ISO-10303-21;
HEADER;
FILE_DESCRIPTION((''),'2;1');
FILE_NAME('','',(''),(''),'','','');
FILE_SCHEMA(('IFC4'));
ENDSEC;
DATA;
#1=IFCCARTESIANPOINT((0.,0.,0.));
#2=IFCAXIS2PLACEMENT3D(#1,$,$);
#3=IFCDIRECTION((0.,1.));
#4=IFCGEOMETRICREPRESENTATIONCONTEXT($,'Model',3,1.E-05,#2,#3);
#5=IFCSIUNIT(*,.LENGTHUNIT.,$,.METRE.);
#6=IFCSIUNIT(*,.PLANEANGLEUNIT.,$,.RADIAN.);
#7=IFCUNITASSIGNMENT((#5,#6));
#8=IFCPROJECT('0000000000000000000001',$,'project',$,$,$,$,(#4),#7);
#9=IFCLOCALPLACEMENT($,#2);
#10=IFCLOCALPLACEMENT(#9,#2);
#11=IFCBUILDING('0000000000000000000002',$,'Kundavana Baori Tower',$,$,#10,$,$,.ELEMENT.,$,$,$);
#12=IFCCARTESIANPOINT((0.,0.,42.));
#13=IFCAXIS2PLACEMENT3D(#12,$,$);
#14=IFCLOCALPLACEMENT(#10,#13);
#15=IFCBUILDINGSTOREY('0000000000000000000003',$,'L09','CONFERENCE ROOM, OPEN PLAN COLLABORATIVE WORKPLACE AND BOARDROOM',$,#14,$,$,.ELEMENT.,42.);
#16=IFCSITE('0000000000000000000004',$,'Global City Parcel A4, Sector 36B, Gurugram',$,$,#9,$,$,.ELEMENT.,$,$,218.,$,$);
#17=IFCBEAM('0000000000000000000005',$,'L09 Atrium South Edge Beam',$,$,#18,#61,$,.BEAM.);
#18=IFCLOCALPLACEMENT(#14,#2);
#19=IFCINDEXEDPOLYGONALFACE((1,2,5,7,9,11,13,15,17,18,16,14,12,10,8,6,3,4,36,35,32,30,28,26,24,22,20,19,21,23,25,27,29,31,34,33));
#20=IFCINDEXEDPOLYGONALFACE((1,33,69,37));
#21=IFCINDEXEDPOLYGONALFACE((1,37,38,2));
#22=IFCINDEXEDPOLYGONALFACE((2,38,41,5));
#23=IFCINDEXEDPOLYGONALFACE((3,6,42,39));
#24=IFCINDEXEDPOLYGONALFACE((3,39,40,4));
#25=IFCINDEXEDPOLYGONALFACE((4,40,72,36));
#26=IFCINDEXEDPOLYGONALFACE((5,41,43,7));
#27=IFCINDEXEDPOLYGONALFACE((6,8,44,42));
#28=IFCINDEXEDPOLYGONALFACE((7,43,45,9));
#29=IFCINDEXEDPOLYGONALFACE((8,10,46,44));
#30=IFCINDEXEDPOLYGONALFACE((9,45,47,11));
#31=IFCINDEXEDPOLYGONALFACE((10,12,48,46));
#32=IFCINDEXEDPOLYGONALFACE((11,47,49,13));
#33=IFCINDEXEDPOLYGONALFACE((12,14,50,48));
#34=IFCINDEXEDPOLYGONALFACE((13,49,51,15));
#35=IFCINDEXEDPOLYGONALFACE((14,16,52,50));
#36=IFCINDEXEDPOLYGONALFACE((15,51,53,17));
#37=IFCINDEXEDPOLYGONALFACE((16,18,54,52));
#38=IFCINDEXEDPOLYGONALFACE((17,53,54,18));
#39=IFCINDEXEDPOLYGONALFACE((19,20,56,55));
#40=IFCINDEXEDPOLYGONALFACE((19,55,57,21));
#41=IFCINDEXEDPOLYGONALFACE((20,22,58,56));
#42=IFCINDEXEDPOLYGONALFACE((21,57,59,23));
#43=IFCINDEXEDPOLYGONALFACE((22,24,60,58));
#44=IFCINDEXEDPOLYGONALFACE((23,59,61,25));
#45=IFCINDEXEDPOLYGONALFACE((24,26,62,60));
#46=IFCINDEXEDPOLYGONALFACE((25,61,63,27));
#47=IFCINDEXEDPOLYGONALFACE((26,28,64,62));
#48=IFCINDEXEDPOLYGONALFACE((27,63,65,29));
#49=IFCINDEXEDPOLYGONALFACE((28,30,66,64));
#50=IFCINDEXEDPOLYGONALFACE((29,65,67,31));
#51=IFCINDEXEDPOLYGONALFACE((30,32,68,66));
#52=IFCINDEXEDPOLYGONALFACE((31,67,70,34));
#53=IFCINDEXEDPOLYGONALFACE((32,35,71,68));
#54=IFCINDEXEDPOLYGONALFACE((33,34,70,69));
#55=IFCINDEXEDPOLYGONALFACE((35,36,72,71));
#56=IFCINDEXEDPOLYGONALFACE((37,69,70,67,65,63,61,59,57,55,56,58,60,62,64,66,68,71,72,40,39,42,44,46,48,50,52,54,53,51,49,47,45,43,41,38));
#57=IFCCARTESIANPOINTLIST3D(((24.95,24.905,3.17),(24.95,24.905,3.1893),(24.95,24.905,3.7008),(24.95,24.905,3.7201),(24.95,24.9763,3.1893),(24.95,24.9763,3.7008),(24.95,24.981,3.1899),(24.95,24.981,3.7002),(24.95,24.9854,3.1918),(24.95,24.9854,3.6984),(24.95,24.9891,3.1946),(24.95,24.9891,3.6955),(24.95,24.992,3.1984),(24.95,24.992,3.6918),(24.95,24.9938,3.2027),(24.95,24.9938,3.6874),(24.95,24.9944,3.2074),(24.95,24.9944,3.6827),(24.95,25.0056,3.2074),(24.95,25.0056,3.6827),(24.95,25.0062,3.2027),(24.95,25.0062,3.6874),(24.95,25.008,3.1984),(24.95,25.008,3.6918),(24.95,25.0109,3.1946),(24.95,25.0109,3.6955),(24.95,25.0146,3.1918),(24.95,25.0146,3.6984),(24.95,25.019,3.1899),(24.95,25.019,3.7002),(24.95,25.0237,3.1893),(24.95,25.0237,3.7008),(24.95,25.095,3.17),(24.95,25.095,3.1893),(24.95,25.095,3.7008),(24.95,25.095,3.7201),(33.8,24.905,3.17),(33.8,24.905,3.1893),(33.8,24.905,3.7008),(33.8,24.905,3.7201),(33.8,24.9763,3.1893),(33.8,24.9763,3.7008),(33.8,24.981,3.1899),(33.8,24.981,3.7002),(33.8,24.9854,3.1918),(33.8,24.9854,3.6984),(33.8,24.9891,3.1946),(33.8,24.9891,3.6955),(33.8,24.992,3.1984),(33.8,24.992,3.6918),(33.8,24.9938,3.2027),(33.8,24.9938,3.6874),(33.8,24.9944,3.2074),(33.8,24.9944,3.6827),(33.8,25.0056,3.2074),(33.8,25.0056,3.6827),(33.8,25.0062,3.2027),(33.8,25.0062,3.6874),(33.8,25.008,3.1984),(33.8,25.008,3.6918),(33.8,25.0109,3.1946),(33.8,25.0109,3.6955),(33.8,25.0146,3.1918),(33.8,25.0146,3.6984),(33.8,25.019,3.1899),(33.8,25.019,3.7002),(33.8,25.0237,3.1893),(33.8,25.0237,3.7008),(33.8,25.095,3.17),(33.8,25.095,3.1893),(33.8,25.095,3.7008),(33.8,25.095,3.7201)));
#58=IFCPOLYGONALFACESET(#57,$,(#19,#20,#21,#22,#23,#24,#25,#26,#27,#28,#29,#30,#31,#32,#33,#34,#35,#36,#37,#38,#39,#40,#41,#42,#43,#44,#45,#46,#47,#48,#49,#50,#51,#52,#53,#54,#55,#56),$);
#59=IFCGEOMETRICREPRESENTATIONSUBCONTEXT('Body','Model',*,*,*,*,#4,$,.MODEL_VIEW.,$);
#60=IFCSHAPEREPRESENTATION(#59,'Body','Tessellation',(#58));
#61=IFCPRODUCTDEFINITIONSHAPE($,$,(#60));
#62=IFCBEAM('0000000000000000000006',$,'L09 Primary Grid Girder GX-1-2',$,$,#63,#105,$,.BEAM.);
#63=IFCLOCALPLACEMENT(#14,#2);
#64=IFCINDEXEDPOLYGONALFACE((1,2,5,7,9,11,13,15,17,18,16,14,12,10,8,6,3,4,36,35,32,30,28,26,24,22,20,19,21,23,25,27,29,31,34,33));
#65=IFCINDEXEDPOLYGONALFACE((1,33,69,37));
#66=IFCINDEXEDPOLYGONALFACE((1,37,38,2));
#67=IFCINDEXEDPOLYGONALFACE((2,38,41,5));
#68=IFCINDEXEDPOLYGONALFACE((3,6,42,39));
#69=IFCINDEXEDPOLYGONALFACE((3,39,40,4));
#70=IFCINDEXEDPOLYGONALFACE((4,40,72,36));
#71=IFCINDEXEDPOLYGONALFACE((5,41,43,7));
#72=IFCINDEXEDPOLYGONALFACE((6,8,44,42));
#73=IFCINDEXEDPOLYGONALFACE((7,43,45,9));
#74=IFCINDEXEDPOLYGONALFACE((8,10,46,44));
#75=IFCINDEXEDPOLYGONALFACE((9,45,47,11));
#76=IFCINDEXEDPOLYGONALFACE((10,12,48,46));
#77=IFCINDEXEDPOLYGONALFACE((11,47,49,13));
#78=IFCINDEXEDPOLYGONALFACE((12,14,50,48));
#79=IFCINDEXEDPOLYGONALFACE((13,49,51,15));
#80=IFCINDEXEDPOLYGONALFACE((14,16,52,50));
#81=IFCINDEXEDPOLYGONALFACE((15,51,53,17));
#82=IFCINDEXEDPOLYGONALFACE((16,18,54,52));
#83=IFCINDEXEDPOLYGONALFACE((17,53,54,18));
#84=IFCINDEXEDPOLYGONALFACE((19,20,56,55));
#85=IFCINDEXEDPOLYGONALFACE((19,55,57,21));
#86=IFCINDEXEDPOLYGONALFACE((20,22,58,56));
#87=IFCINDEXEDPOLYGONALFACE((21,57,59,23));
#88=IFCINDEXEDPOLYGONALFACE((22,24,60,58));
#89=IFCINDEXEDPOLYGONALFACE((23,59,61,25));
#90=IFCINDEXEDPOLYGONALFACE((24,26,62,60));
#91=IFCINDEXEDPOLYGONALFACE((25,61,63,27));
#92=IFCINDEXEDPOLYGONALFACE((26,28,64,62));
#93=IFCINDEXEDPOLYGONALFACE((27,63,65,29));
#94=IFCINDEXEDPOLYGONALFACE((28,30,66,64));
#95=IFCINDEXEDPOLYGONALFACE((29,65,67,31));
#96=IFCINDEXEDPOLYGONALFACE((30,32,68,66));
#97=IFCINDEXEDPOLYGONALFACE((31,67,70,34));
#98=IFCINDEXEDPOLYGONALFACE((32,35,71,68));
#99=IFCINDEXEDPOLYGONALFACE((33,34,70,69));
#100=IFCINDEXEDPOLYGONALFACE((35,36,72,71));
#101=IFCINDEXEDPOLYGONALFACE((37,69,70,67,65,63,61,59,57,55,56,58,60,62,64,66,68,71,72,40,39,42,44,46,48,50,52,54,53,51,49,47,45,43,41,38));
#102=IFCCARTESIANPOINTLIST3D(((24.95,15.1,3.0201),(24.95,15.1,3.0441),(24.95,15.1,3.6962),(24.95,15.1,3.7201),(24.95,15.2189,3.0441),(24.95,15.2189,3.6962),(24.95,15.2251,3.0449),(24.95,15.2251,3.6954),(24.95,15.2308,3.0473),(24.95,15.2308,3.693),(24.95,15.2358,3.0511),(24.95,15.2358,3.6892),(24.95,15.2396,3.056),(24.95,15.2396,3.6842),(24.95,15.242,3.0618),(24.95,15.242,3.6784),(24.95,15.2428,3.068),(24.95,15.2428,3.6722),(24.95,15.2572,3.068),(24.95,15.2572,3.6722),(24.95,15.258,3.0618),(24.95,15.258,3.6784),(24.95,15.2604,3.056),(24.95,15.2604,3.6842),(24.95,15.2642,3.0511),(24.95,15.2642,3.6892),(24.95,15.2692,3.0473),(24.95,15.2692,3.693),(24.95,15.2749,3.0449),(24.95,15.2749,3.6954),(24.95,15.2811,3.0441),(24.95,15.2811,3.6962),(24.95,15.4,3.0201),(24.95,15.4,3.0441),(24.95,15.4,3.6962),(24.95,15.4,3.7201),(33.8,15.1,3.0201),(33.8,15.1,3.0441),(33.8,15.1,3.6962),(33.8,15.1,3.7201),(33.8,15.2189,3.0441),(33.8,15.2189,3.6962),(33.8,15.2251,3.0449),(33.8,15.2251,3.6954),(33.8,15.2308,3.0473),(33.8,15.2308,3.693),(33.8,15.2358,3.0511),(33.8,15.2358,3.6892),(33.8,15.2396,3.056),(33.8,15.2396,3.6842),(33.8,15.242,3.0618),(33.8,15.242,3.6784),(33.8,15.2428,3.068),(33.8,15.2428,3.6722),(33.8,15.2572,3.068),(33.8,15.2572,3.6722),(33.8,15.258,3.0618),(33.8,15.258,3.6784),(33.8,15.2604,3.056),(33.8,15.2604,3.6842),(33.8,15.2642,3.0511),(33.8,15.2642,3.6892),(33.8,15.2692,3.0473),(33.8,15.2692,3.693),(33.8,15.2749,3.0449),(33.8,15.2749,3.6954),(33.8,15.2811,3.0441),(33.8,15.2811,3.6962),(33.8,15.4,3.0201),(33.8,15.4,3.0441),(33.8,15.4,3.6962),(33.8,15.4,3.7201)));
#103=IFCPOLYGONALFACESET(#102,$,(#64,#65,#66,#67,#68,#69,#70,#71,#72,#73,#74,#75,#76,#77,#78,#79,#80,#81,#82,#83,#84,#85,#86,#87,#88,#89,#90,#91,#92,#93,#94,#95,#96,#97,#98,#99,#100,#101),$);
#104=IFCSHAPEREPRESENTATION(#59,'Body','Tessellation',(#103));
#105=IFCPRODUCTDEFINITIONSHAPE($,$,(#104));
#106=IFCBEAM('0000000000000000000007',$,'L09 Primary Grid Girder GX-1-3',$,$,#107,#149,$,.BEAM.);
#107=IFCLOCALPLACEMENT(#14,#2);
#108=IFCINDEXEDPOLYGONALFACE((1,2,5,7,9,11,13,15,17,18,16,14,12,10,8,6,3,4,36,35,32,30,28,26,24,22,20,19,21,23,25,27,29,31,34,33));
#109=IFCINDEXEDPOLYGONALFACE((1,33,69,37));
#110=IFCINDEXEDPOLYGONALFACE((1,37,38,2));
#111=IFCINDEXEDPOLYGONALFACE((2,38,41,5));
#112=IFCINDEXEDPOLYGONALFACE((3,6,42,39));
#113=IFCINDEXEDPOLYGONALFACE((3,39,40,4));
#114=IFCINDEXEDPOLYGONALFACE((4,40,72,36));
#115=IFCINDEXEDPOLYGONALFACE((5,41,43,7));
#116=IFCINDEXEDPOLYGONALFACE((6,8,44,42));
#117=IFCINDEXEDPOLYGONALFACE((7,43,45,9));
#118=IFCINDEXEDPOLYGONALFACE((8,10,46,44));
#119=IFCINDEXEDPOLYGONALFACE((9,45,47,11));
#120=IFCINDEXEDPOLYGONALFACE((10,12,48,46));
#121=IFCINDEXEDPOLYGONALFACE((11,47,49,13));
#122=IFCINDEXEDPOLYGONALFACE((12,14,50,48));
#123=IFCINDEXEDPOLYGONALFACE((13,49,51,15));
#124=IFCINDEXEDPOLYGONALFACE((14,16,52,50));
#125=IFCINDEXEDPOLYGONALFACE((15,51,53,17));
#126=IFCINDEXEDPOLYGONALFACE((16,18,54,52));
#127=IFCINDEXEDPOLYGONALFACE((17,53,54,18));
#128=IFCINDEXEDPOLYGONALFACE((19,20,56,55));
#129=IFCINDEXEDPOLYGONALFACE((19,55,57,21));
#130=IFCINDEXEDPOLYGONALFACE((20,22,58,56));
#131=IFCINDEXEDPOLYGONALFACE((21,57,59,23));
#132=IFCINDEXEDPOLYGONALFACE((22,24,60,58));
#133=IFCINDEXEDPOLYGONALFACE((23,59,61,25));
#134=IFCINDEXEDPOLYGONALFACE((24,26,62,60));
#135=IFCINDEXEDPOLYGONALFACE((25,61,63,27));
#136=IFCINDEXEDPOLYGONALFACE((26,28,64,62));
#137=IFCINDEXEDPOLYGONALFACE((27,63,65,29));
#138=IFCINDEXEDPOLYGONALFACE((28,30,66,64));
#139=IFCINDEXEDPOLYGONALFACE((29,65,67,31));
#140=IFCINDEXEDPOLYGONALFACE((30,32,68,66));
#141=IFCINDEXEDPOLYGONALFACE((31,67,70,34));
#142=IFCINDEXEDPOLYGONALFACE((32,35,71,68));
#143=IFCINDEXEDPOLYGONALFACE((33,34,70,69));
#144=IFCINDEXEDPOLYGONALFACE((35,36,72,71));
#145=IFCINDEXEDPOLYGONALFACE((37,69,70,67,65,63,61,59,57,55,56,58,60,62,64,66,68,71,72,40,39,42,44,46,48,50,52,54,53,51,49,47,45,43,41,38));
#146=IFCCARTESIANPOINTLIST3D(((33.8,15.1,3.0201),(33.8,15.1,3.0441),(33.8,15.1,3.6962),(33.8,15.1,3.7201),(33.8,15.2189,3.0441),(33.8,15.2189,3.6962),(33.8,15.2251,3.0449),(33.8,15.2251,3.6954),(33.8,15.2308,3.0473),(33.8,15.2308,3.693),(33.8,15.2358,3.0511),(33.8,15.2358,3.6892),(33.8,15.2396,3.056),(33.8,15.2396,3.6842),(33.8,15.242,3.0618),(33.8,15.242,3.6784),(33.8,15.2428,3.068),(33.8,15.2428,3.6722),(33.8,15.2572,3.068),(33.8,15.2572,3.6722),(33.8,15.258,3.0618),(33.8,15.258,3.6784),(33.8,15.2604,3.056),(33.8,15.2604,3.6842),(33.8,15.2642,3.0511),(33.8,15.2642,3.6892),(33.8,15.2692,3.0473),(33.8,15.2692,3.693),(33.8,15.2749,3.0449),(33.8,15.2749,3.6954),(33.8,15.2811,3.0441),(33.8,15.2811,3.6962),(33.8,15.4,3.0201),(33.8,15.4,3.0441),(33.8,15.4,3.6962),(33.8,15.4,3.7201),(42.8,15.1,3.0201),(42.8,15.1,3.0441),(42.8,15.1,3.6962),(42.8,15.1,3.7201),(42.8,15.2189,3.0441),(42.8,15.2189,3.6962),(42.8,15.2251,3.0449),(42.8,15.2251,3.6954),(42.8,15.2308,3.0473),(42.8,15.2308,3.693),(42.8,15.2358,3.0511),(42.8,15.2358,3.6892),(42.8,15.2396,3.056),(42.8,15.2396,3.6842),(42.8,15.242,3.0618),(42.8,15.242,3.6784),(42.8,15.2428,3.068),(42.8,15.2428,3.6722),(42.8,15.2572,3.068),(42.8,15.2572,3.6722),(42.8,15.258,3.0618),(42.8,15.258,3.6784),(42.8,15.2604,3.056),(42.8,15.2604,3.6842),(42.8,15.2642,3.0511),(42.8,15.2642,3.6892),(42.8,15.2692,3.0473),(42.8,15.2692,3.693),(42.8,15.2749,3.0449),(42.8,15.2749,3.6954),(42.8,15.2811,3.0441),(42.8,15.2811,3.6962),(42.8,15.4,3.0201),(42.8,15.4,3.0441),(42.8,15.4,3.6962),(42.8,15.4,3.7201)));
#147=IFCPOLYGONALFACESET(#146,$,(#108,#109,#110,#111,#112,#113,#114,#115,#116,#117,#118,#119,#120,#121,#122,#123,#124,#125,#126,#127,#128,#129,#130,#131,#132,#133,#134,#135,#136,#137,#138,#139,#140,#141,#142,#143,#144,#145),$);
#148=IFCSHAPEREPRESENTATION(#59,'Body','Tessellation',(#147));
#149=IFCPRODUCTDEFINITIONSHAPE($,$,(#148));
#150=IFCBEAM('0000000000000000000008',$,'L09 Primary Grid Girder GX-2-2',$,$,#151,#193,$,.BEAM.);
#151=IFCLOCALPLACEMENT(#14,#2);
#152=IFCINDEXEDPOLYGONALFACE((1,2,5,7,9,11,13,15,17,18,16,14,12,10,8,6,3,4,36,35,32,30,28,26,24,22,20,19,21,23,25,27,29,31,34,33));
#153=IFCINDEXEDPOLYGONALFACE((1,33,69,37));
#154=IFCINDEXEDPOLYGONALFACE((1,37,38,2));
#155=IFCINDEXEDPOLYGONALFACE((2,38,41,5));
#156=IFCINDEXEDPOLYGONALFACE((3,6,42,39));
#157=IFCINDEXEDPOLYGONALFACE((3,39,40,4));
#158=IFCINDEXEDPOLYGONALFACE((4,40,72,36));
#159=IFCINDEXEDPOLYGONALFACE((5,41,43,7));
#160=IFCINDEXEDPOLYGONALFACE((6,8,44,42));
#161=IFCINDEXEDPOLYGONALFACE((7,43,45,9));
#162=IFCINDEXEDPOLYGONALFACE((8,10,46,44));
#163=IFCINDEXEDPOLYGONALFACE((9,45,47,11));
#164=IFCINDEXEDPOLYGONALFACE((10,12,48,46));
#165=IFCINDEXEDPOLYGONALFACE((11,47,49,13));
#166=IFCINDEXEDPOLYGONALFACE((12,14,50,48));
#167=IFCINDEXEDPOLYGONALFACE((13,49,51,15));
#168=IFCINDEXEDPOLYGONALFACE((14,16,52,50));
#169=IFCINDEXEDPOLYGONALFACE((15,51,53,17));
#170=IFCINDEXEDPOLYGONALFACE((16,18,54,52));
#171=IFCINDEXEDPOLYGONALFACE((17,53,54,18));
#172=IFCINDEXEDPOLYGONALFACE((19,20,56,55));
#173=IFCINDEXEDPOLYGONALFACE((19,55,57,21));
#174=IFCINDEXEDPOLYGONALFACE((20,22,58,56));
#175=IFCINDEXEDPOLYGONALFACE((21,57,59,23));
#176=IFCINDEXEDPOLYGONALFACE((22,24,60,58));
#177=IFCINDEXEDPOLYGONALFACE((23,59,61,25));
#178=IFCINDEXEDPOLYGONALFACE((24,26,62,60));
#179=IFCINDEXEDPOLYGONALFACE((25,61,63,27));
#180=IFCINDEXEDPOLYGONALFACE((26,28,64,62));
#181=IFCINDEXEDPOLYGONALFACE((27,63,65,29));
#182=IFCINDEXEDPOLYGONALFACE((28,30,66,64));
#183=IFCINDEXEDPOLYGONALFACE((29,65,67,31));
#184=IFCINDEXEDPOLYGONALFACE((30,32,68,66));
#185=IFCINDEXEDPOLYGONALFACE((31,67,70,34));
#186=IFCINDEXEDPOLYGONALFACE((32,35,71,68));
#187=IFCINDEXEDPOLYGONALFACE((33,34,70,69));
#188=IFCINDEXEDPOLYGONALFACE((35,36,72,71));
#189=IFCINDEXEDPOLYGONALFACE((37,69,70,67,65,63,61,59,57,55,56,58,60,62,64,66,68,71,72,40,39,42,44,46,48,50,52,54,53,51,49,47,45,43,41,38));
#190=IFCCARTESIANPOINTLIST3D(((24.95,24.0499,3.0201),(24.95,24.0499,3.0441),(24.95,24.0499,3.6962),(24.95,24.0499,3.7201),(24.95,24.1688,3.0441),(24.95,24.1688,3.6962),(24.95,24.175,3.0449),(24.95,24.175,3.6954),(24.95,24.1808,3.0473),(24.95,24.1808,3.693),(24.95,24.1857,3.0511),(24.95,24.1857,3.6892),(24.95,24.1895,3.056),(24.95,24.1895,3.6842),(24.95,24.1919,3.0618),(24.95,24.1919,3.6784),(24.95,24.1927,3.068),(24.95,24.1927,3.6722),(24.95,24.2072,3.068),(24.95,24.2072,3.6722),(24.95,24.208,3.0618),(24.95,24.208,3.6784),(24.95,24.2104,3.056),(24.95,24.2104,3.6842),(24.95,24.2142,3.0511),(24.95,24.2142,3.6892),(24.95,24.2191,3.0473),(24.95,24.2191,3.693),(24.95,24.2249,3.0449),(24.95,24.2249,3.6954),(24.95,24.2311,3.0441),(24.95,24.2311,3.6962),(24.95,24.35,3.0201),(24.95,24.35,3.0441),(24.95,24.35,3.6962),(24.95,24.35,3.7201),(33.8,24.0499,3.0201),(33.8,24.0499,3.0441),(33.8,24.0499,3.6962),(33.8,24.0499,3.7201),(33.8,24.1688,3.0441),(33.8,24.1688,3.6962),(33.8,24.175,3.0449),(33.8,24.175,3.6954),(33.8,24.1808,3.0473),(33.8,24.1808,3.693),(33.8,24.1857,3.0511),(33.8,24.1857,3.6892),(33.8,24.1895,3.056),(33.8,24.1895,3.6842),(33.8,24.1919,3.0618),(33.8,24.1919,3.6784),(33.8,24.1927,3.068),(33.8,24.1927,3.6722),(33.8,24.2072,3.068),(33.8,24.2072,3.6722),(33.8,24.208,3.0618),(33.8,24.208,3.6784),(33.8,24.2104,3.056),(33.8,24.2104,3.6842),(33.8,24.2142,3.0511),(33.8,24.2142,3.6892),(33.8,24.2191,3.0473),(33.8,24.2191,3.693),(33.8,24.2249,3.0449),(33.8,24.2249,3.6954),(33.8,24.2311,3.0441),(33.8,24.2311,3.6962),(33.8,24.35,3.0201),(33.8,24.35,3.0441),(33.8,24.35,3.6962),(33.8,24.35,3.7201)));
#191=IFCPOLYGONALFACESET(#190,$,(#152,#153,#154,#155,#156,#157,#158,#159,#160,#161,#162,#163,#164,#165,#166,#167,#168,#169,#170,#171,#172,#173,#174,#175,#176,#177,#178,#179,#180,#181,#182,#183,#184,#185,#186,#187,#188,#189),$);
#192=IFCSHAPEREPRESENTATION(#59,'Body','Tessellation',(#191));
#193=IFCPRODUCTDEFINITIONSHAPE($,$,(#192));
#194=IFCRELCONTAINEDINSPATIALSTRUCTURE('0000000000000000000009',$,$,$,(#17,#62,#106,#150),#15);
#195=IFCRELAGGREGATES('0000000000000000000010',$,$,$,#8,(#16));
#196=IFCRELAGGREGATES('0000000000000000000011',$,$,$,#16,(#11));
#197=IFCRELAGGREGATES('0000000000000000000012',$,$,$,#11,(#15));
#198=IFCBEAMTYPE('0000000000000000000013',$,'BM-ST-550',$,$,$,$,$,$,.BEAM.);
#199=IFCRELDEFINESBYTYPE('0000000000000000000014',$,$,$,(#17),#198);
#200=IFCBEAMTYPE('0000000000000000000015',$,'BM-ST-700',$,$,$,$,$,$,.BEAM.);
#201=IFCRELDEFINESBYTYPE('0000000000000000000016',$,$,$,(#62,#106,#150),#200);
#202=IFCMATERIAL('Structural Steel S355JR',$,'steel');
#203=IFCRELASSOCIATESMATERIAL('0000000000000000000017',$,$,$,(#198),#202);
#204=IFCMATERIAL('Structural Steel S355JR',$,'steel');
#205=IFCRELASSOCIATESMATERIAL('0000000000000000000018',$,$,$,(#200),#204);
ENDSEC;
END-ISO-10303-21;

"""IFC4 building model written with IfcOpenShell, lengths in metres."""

from ifc_helpers import new_model, si_unit, direction, frame, origin, origin_2d, place, context, subcontext, project, spatial, i_section, extrude, material, material_profile, profile_set, type_object, element, save


model = new_model("IFC4")

# Units and contexts
model_context = context("Model", 3, precision=1e-05, world=origin(), true_north=direction((0.0, 1.0)))
body_context = subcontext(model_context, "Body", "Model", "MODEL_VIEW")
ifc_project = project(units=[si_unit("LENGTHUNIT", "METRE"), si_unit("PLANEANGLEUNIT", "RADIAN")], contexts=[model_context])

# Site, building, storey
site_placement = place(None, origin())
site = spatial("IfcSite", under=ifc_project, at=site_placement, Name="Global City Parcel A4, Sector 36B, Gurugram", CompositionType="ELEMENT", RefElevation=218.0)
building_placement = place(site_placement, origin())
building = spatial("IfcBuilding", under=site, at=building_placement, Name="Kundavana Baori Tower", CompositionType="ELEMENT")
storey_placement = place(building_placement, frame((0.0, 0.0, 42.0)))
storey = spatial("IfcBuildingStorey", under=building, at=storey_placement, Name="L09", Description="CONFERENCE ROOM, OPEN PLAN COLLABORATIVE WORKPLACE AND BOARDROOM", CompositionType="ELEMENT", Elevation=42.0)

# Beams
ifc_material_1 = material(Name="Structural Steel S355JR", Category="steel")
ifc_material_profile_1 = material_profile(ifc_material_1, i_section(OverallWidth=0.1899, OverallDepth=0.55, WebThickness=0.0112, FlangeThickness=0.0193, FilletRadius=0.0181, at=origin_2d()), Name="ISMB 550")
ifc_profile_set_1 = profile_set([ifc_material_profile_1], Name="Structural Steel S355JR")
beam_type_1 = type_object("IfcBeamType", Name="BM-ST-550", PredefinedType="BEAM", material=ifc_profile_set_1)
beam_1_placement = place(storey_placement, frame((24.95, 25.0, 3.4451), z_axis=(1.0, 0.0, 0.0), x_axis=(0.0, 1.0, 0.0)))
element("IfcBeam", 1, at=beam_1_placement, inside=storey, type_object=beam_type_1, Name="L09 Atrium South Edge Beam", PredefinedType="BEAM", context=body_context, shape_type="SweptSolid", body=[
    extrude(i_section(OverallWidth=0.1899, OverallDepth=0.55, WebThickness=0.0112, FlangeThickness=0.0193, FilletRadius=0.0181, at=origin_2d()), origin(), (0.0, 0.0, 1.0), 8.8501),
])
ifc_material_2 = material(Name="Structural Steel S355JR", Category="steel")
ifc_material_profile_2 = material_profile(ifc_material_2, i_section(OverallWidth=0.3, OverallDepth=0.7, WebThickness=0.0144, FlangeThickness=0.0239, FilletRadius=0.0239, at=origin_2d()), Name="NPB 700x300x170")
ifc_profile_set_2 = profile_set([ifc_material_profile_2], Name="Structural Steel S355JR")
beam_type_2 = type_object("IfcBeamType", Name="BM-ST-700", PredefinedType="BEAM", material=ifc_profile_set_2)
beam_2_placement = place(storey_placement, frame((24.95, 15.25, 3.3701), z_axis=(1.0, 0.0, 0.0), x_axis=(0.0, 1.0, 0.0)))
element("IfcBeam", 2, at=beam_2_placement, inside=storey, type_object=beam_type_2, Name="L09 Primary Grid Girder GX-1-2", PredefinedType="BEAM", context=body_context, shape_type="SweptSolid", body=[
    extrude(i_section(OverallWidth=0.3, OverallDepth=0.7, WebThickness=0.0144, FlangeThickness=0.0239, FilletRadius=0.0239, at=origin_2d()), origin(), (0.0, 0.0, 1.0), 8.8501),
])
beam_3_placement = place(storey_placement, frame((33.8, 15.25, 3.3701), z_axis=(1.0, 0.0, 0.0), x_axis=(0.0, 1.0, 0.0)))
element("IfcBeam", 3, at=beam_3_placement, inside=storey, type_object=beam_type_2, Name="L09 Primary Grid Girder GX-1-3", PredefinedType="BEAM", context=body_context, shape_type="SweptSolid", body=[
    extrude(i_section(OverallWidth=0.3, OverallDepth=0.7, WebThickness=0.0144, FlangeThickness=0.0239, FilletRadius=0.0239, at=origin_2d()), origin(), (0.0, 0.0, 1.0), 9.0),
])
beam_4_placement = place(storey_placement, frame((24.95, 24.2, 3.3701), z_axis=(1.0, 0.0, 0.0), x_axis=(0.0, 1.0, 0.0)))
element("IfcBeam", 4, at=beam_4_placement, inside=storey, type_object=beam_type_2, Name="L09 Primary Grid Girder GX-2-2", PredefinedType="BEAM", context=body_context, shape_type="SweptSolid", body=[
    extrude(i_section(OverallWidth=0.3, OverallDepth=0.7, WebThickness=0.0144, FlangeThickness=0.0239, FilletRadius=0.0239, at=origin_2d()), origin(), (0.0, 0.0, 1.0), 8.8501),
])

save(model, "model.ifc")
